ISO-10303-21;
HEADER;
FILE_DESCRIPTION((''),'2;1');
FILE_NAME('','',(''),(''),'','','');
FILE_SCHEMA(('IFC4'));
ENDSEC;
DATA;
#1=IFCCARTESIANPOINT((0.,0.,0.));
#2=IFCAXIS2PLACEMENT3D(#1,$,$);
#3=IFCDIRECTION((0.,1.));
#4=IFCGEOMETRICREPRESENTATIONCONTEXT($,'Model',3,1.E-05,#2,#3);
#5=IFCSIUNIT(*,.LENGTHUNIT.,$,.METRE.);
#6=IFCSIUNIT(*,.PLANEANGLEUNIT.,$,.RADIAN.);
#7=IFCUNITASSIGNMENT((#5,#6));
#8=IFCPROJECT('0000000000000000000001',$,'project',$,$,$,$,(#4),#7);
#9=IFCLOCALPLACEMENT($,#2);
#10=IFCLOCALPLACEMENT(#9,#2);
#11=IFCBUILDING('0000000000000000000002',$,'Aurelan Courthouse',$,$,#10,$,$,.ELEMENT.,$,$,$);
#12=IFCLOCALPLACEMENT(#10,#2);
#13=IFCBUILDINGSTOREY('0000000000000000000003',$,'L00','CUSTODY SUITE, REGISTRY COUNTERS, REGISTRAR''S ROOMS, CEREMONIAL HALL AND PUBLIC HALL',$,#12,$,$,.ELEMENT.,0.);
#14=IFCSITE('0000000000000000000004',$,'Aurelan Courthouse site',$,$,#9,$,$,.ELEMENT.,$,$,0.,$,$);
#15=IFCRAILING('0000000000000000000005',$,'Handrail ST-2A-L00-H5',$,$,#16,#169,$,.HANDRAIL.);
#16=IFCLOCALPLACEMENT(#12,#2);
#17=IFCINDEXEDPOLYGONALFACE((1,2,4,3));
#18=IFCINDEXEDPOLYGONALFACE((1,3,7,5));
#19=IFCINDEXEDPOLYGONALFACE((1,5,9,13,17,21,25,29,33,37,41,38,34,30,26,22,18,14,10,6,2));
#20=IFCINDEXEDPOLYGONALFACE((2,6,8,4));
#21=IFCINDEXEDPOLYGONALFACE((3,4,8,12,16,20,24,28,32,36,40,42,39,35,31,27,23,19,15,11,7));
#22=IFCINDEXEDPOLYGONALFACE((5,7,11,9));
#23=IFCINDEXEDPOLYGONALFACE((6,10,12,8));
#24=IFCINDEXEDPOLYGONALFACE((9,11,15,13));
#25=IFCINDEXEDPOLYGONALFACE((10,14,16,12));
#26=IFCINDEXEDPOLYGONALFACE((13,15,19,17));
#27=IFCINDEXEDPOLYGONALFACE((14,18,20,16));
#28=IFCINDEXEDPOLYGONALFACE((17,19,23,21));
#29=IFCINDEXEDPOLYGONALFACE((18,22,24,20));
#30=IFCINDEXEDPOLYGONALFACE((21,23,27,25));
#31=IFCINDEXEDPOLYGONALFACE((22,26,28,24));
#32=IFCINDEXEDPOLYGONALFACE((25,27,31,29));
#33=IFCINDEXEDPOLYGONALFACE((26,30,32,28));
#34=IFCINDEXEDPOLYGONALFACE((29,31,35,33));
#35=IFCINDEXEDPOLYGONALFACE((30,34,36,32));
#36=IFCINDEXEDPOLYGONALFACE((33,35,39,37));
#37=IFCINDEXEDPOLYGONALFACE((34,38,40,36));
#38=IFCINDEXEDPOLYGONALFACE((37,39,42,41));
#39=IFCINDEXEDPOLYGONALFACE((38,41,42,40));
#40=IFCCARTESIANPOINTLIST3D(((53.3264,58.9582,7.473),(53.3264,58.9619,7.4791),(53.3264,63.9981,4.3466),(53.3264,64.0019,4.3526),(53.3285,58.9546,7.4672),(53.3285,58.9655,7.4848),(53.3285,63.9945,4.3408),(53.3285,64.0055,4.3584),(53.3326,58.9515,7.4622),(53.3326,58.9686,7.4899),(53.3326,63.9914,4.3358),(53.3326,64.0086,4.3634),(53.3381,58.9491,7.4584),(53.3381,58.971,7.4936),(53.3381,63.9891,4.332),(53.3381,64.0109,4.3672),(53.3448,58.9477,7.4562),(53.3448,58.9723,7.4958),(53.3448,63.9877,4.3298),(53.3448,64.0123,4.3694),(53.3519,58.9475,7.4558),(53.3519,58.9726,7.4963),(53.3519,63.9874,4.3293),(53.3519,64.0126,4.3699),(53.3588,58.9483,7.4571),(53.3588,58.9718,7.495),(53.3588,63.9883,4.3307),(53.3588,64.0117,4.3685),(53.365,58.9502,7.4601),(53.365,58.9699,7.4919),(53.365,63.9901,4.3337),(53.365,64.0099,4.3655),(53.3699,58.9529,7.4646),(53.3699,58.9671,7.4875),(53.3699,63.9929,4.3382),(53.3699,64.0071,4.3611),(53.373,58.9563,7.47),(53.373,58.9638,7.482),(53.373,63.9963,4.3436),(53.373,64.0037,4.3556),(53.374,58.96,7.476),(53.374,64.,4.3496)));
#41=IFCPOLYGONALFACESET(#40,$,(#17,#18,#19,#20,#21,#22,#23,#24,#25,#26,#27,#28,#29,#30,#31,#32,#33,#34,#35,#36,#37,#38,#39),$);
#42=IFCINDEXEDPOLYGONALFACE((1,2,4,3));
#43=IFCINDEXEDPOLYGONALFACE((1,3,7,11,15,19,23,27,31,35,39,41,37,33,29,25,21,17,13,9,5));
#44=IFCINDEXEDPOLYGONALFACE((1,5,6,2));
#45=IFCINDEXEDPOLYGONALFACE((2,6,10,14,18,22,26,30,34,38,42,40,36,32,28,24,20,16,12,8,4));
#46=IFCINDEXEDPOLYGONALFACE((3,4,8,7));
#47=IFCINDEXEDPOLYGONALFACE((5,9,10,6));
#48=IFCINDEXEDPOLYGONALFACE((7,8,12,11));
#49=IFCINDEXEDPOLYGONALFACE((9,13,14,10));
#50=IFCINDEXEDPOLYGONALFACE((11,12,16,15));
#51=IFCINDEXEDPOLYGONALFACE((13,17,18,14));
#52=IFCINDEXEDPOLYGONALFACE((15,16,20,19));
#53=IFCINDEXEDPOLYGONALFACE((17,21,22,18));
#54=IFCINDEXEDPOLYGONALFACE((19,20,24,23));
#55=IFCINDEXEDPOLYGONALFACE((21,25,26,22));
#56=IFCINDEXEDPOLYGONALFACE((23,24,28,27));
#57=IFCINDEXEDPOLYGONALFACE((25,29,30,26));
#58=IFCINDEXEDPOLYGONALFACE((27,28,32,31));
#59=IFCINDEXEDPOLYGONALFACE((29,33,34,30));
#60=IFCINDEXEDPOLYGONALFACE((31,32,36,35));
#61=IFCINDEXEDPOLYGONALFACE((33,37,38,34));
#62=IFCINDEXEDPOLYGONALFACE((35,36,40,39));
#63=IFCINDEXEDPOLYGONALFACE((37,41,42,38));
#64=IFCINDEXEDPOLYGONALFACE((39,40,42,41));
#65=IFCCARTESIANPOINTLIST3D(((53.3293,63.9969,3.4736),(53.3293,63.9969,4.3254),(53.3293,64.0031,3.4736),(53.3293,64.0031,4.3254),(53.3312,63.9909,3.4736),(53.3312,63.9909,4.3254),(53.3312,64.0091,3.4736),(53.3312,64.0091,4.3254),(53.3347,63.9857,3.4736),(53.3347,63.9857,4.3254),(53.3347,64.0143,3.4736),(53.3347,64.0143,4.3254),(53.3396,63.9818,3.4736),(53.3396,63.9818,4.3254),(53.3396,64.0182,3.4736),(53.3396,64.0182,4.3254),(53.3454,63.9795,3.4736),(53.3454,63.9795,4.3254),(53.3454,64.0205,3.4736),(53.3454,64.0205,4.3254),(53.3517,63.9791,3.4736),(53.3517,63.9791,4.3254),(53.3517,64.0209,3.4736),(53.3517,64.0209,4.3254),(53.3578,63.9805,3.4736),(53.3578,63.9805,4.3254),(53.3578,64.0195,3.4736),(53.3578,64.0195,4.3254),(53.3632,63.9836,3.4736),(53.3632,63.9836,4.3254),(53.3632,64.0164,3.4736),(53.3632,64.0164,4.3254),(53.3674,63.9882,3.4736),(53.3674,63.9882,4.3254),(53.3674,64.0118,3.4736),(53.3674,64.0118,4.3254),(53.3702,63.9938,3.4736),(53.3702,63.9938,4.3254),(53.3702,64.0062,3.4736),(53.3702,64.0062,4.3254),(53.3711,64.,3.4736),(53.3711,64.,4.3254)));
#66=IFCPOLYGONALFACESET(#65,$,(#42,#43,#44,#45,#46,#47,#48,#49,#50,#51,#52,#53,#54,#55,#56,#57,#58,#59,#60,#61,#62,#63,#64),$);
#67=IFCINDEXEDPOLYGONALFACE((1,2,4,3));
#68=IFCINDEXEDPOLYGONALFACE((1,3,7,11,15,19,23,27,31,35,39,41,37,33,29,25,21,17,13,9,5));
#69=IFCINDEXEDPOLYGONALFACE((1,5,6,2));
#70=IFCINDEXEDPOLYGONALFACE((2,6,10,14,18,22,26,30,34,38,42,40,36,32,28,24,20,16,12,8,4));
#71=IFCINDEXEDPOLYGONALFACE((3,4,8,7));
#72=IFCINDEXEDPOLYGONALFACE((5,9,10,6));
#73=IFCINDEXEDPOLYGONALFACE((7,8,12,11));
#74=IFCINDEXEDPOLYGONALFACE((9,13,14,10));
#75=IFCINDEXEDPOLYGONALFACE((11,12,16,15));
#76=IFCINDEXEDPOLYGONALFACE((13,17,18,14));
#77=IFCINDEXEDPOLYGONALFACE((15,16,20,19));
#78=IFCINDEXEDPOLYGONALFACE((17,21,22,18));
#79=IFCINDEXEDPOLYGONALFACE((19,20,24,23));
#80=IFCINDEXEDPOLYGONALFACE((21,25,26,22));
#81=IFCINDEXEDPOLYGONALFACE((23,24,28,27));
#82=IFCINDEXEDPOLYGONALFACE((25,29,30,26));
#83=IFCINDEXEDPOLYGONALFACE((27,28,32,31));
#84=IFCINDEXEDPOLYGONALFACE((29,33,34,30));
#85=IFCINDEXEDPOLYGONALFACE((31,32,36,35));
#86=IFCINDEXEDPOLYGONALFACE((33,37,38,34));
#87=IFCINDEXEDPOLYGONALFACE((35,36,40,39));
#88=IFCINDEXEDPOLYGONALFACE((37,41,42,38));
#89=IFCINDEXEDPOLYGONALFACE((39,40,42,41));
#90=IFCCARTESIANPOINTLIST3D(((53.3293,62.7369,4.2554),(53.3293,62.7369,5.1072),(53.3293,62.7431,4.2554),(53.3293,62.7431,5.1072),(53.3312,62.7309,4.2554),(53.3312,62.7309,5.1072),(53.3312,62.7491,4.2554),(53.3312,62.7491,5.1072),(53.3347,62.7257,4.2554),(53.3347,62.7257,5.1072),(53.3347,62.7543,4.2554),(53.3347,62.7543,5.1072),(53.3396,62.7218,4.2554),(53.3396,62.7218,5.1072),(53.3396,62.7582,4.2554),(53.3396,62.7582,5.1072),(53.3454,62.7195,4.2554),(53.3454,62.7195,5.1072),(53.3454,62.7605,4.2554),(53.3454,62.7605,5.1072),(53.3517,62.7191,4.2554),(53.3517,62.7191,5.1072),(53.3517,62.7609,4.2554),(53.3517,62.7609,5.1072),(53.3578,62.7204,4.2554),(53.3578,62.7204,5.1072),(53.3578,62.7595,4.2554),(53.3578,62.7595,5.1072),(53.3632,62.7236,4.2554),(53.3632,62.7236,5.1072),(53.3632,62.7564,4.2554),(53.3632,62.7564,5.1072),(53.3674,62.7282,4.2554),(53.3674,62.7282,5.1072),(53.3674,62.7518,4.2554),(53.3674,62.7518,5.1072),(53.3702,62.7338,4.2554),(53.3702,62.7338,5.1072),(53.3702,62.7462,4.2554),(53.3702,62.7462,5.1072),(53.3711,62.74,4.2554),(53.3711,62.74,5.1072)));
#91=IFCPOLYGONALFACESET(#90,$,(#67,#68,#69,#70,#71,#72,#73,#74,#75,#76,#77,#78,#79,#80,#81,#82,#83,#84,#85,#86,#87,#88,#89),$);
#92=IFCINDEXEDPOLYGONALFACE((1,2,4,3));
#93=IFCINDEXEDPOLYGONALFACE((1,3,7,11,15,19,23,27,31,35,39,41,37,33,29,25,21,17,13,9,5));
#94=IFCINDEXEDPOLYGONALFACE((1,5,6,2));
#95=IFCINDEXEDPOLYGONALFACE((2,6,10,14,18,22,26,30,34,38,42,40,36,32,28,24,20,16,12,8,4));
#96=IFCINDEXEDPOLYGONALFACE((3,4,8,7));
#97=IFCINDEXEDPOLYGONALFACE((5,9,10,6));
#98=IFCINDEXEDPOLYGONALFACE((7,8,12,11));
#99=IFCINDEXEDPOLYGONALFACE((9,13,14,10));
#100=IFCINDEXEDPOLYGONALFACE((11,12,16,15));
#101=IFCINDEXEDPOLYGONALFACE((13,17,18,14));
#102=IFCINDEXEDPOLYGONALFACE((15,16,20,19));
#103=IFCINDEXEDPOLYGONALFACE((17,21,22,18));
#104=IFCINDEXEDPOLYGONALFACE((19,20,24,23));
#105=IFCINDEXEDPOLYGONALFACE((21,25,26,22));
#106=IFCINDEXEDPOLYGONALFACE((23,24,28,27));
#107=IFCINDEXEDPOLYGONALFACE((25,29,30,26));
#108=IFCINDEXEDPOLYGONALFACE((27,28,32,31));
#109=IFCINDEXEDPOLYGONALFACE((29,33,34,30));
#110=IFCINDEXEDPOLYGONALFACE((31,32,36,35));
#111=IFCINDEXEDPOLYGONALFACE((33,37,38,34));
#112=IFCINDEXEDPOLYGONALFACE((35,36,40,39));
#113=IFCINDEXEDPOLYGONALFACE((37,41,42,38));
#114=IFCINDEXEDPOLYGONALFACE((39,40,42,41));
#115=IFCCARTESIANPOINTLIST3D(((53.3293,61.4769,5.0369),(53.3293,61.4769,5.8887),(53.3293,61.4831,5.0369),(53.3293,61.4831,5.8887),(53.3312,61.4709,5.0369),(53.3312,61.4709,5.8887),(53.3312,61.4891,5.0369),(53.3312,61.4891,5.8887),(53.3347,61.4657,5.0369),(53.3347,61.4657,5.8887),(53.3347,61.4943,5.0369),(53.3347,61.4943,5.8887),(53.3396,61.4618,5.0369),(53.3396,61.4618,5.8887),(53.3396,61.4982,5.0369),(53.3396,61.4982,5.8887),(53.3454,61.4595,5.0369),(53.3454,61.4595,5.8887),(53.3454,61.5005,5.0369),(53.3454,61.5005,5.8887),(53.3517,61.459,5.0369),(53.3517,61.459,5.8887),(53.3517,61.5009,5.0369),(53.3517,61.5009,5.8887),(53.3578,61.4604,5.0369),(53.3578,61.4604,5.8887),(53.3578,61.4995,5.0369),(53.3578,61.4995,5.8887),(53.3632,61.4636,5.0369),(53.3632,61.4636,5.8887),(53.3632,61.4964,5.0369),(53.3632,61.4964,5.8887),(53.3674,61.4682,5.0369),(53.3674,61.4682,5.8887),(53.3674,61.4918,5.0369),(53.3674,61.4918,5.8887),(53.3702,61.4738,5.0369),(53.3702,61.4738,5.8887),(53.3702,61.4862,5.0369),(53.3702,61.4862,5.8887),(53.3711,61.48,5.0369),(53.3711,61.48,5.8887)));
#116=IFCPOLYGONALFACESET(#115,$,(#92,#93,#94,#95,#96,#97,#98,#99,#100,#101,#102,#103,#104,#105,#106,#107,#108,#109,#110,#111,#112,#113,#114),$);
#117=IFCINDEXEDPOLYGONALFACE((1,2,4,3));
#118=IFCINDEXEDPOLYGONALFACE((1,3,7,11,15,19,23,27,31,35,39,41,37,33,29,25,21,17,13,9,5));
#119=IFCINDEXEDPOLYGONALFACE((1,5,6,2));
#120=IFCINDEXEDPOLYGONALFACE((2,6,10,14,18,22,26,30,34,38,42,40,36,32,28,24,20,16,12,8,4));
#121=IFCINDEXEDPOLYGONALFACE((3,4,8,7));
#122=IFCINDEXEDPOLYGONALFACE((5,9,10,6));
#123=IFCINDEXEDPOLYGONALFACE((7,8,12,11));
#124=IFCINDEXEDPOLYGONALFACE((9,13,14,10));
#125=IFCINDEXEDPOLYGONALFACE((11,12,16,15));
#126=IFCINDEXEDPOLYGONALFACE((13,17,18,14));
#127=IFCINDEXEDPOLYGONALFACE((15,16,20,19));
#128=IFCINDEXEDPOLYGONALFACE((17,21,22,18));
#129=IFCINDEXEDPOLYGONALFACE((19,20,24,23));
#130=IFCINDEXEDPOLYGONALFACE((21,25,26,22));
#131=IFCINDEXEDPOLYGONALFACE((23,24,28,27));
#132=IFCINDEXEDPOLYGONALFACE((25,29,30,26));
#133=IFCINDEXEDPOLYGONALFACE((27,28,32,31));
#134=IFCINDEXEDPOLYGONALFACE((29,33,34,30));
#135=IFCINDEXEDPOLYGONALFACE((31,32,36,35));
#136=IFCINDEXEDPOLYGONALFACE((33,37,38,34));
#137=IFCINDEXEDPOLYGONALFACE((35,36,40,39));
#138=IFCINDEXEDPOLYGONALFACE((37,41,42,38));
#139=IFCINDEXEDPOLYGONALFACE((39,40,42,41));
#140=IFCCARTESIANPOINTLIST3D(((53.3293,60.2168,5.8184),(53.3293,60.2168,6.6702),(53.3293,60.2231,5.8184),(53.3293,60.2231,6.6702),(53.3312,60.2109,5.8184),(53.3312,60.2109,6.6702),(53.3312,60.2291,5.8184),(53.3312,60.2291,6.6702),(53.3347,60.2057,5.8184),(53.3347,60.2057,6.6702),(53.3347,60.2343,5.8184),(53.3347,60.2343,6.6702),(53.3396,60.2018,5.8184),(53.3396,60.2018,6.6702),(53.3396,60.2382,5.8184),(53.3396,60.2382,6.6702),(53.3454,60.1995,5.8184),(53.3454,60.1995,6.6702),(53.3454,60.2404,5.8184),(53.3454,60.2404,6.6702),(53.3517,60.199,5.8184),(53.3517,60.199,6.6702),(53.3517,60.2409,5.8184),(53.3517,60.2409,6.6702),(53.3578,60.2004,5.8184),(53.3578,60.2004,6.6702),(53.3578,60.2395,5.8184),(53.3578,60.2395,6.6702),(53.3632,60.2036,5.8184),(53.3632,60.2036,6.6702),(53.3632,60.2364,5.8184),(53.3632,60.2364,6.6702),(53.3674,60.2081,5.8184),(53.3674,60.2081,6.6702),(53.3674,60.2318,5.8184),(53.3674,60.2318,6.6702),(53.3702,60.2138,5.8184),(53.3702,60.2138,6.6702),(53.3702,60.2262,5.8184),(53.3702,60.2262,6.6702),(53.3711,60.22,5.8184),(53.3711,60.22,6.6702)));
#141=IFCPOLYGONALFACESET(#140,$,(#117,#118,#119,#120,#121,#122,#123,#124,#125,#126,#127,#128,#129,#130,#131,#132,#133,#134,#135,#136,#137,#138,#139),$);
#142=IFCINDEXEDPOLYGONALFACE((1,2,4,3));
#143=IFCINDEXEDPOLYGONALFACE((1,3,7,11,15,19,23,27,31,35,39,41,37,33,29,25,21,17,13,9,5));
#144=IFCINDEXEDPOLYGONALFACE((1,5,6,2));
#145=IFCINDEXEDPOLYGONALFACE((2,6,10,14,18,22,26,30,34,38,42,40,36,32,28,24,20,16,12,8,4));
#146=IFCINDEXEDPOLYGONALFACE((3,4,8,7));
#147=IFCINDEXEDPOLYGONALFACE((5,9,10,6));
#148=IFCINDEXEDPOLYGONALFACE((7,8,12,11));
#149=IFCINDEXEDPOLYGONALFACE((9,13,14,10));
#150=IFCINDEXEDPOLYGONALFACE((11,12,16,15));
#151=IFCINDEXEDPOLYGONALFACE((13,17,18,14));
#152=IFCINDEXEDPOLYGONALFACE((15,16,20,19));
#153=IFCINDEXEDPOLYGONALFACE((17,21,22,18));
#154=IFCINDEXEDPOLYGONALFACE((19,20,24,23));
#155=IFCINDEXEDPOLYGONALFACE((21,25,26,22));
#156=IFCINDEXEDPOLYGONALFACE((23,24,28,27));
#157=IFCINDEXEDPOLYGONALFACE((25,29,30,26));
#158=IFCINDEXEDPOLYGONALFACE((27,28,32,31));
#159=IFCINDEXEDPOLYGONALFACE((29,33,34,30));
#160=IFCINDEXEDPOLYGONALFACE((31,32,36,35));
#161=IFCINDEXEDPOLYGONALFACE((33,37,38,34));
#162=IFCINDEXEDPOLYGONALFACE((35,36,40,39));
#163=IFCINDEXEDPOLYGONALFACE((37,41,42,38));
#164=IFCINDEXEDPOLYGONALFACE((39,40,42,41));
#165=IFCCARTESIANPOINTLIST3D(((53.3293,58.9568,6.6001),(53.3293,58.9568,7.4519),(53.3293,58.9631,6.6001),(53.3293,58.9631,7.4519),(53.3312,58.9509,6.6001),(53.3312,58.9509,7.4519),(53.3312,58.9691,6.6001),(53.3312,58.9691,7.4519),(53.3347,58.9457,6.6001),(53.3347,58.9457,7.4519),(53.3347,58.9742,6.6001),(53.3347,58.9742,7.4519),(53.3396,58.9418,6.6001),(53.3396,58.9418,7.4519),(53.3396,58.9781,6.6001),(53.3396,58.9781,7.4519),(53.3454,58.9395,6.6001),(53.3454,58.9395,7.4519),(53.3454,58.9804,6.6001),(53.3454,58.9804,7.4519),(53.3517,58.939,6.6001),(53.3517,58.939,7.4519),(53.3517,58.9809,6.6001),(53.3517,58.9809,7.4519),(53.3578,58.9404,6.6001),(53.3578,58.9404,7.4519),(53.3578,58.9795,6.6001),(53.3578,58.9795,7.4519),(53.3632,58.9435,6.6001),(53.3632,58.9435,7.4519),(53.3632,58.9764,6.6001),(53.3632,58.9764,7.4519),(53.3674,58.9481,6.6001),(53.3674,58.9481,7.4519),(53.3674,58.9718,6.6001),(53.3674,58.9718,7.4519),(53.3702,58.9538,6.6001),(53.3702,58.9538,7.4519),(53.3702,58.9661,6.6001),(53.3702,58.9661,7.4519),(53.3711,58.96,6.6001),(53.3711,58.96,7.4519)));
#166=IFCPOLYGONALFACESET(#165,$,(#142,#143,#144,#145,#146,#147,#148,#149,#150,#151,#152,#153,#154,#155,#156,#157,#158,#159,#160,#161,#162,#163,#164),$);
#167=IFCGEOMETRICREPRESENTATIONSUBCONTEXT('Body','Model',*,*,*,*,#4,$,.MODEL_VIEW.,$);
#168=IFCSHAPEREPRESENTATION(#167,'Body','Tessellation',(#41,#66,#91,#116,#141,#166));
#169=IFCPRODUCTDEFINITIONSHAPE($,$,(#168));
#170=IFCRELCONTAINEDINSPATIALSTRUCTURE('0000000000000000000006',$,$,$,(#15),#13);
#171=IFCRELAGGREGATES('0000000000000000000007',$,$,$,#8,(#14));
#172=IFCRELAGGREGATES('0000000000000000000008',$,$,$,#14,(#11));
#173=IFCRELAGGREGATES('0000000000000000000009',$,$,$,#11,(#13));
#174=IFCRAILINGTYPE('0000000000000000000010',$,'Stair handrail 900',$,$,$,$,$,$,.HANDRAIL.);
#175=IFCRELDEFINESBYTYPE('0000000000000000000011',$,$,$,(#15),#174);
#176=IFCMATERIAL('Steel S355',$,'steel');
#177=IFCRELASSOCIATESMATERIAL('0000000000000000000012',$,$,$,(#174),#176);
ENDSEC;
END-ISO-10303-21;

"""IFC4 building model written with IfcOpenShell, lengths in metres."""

from ifc_helpers import new_model, si_unit, direction, frame, origin, origin_2d, place, context, subcontext, project, spatial, circle, extrude, material, type_object, element, save


model = new_model("IFC4")

# Units and contexts
model_context = context("Model", 3, precision=1e-05, world=origin(), true_north=direction((0.0, 1.0)))
body_context = subcontext(model_context, "Body", "Model", "MODEL_VIEW")
ifc_project = project(units=[si_unit("LENGTHUNIT", "METRE"), si_unit("PLANEANGLEUNIT", "RADIAN")], contexts=[model_context])

# Site, building, storey
site_placement = place(None, origin())
site = spatial("IfcSite", under=ifc_project, at=site_placement, Name="Aurelan Courthouse site", CompositionType="ELEMENT", RefElevation=0.0)
building_placement = place(site_placement, origin())
building = spatial("IfcBuilding", under=site, at=building_placement, Name="Aurelan Courthouse", CompositionType="ELEMENT")
storey_placement = place(building_placement, origin())
storey = spatial("IfcBuildingStorey", under=building, at=storey_placement, Name="L00", Description="CUSTODY SUITE, REGISTRY COUNTERS, REGISTRAR'S ROOMS, CEREMONIAL HALL AND PUBLIC HALL", CompositionType="ELEMENT", Elevation=0.0)

# Railing
ifc_material_1 = material(Name="Steel S355", Category="steel")
railing_type_1 = type_object("IfcRailingType", Name="Stair handrail 900", PredefinedType="HANDRAIL", material=ifc_material_1)
for number, where, name in (
    (1, (53.3501, 64.0, 3.4736), "Handrail ST-2A-L00-H5"),
):
    element("IfcRailing", number, at=place(storey_placement, frame(where)), inside=storey, type_object=railing_type_1, Name=name, PredefinedType="HANDRAIL", context=body_context, shape_type="SweptSolid", body=[
        extrude(circle(Radius=0.0239, at=origin_2d()), frame((0.0, 0.0, 0.876), z_axis=(0.0, -0.849779, 0.527139), x_axis=(1.0, 0.0, 0.0)), (0.0, 0.0, 1.0), 5.9309),
        extrude(circle(Radius=0.021, at=origin_2d()), origin(), (0.0, 0.0, 1.0), 0.8518),
        extrude(circle(Radius=0.021, at=origin_2d()), frame((0.0, -1.26, 0.7817)), (0.0, 0.0, 1.0), 0.8518),
        extrude(circle(Radius=0.021, at=origin_2d()), frame((0.0, -2.52, 1.5632)), (0.0, 0.0, 1.0), 0.8518),
        extrude(circle(Radius=0.021, at=origin_2d()), frame((0.0, -3.78, 2.3447)), (0.0, 0.0, 1.0), 0.8518),
        extrude(circle(Radius=0.021, at=origin_2d()), frame((0.0, -5.04, 3.1265)), (0.0, 0.0, 1.0), 0.8518),
    ])

save(model, "model.ifc")
